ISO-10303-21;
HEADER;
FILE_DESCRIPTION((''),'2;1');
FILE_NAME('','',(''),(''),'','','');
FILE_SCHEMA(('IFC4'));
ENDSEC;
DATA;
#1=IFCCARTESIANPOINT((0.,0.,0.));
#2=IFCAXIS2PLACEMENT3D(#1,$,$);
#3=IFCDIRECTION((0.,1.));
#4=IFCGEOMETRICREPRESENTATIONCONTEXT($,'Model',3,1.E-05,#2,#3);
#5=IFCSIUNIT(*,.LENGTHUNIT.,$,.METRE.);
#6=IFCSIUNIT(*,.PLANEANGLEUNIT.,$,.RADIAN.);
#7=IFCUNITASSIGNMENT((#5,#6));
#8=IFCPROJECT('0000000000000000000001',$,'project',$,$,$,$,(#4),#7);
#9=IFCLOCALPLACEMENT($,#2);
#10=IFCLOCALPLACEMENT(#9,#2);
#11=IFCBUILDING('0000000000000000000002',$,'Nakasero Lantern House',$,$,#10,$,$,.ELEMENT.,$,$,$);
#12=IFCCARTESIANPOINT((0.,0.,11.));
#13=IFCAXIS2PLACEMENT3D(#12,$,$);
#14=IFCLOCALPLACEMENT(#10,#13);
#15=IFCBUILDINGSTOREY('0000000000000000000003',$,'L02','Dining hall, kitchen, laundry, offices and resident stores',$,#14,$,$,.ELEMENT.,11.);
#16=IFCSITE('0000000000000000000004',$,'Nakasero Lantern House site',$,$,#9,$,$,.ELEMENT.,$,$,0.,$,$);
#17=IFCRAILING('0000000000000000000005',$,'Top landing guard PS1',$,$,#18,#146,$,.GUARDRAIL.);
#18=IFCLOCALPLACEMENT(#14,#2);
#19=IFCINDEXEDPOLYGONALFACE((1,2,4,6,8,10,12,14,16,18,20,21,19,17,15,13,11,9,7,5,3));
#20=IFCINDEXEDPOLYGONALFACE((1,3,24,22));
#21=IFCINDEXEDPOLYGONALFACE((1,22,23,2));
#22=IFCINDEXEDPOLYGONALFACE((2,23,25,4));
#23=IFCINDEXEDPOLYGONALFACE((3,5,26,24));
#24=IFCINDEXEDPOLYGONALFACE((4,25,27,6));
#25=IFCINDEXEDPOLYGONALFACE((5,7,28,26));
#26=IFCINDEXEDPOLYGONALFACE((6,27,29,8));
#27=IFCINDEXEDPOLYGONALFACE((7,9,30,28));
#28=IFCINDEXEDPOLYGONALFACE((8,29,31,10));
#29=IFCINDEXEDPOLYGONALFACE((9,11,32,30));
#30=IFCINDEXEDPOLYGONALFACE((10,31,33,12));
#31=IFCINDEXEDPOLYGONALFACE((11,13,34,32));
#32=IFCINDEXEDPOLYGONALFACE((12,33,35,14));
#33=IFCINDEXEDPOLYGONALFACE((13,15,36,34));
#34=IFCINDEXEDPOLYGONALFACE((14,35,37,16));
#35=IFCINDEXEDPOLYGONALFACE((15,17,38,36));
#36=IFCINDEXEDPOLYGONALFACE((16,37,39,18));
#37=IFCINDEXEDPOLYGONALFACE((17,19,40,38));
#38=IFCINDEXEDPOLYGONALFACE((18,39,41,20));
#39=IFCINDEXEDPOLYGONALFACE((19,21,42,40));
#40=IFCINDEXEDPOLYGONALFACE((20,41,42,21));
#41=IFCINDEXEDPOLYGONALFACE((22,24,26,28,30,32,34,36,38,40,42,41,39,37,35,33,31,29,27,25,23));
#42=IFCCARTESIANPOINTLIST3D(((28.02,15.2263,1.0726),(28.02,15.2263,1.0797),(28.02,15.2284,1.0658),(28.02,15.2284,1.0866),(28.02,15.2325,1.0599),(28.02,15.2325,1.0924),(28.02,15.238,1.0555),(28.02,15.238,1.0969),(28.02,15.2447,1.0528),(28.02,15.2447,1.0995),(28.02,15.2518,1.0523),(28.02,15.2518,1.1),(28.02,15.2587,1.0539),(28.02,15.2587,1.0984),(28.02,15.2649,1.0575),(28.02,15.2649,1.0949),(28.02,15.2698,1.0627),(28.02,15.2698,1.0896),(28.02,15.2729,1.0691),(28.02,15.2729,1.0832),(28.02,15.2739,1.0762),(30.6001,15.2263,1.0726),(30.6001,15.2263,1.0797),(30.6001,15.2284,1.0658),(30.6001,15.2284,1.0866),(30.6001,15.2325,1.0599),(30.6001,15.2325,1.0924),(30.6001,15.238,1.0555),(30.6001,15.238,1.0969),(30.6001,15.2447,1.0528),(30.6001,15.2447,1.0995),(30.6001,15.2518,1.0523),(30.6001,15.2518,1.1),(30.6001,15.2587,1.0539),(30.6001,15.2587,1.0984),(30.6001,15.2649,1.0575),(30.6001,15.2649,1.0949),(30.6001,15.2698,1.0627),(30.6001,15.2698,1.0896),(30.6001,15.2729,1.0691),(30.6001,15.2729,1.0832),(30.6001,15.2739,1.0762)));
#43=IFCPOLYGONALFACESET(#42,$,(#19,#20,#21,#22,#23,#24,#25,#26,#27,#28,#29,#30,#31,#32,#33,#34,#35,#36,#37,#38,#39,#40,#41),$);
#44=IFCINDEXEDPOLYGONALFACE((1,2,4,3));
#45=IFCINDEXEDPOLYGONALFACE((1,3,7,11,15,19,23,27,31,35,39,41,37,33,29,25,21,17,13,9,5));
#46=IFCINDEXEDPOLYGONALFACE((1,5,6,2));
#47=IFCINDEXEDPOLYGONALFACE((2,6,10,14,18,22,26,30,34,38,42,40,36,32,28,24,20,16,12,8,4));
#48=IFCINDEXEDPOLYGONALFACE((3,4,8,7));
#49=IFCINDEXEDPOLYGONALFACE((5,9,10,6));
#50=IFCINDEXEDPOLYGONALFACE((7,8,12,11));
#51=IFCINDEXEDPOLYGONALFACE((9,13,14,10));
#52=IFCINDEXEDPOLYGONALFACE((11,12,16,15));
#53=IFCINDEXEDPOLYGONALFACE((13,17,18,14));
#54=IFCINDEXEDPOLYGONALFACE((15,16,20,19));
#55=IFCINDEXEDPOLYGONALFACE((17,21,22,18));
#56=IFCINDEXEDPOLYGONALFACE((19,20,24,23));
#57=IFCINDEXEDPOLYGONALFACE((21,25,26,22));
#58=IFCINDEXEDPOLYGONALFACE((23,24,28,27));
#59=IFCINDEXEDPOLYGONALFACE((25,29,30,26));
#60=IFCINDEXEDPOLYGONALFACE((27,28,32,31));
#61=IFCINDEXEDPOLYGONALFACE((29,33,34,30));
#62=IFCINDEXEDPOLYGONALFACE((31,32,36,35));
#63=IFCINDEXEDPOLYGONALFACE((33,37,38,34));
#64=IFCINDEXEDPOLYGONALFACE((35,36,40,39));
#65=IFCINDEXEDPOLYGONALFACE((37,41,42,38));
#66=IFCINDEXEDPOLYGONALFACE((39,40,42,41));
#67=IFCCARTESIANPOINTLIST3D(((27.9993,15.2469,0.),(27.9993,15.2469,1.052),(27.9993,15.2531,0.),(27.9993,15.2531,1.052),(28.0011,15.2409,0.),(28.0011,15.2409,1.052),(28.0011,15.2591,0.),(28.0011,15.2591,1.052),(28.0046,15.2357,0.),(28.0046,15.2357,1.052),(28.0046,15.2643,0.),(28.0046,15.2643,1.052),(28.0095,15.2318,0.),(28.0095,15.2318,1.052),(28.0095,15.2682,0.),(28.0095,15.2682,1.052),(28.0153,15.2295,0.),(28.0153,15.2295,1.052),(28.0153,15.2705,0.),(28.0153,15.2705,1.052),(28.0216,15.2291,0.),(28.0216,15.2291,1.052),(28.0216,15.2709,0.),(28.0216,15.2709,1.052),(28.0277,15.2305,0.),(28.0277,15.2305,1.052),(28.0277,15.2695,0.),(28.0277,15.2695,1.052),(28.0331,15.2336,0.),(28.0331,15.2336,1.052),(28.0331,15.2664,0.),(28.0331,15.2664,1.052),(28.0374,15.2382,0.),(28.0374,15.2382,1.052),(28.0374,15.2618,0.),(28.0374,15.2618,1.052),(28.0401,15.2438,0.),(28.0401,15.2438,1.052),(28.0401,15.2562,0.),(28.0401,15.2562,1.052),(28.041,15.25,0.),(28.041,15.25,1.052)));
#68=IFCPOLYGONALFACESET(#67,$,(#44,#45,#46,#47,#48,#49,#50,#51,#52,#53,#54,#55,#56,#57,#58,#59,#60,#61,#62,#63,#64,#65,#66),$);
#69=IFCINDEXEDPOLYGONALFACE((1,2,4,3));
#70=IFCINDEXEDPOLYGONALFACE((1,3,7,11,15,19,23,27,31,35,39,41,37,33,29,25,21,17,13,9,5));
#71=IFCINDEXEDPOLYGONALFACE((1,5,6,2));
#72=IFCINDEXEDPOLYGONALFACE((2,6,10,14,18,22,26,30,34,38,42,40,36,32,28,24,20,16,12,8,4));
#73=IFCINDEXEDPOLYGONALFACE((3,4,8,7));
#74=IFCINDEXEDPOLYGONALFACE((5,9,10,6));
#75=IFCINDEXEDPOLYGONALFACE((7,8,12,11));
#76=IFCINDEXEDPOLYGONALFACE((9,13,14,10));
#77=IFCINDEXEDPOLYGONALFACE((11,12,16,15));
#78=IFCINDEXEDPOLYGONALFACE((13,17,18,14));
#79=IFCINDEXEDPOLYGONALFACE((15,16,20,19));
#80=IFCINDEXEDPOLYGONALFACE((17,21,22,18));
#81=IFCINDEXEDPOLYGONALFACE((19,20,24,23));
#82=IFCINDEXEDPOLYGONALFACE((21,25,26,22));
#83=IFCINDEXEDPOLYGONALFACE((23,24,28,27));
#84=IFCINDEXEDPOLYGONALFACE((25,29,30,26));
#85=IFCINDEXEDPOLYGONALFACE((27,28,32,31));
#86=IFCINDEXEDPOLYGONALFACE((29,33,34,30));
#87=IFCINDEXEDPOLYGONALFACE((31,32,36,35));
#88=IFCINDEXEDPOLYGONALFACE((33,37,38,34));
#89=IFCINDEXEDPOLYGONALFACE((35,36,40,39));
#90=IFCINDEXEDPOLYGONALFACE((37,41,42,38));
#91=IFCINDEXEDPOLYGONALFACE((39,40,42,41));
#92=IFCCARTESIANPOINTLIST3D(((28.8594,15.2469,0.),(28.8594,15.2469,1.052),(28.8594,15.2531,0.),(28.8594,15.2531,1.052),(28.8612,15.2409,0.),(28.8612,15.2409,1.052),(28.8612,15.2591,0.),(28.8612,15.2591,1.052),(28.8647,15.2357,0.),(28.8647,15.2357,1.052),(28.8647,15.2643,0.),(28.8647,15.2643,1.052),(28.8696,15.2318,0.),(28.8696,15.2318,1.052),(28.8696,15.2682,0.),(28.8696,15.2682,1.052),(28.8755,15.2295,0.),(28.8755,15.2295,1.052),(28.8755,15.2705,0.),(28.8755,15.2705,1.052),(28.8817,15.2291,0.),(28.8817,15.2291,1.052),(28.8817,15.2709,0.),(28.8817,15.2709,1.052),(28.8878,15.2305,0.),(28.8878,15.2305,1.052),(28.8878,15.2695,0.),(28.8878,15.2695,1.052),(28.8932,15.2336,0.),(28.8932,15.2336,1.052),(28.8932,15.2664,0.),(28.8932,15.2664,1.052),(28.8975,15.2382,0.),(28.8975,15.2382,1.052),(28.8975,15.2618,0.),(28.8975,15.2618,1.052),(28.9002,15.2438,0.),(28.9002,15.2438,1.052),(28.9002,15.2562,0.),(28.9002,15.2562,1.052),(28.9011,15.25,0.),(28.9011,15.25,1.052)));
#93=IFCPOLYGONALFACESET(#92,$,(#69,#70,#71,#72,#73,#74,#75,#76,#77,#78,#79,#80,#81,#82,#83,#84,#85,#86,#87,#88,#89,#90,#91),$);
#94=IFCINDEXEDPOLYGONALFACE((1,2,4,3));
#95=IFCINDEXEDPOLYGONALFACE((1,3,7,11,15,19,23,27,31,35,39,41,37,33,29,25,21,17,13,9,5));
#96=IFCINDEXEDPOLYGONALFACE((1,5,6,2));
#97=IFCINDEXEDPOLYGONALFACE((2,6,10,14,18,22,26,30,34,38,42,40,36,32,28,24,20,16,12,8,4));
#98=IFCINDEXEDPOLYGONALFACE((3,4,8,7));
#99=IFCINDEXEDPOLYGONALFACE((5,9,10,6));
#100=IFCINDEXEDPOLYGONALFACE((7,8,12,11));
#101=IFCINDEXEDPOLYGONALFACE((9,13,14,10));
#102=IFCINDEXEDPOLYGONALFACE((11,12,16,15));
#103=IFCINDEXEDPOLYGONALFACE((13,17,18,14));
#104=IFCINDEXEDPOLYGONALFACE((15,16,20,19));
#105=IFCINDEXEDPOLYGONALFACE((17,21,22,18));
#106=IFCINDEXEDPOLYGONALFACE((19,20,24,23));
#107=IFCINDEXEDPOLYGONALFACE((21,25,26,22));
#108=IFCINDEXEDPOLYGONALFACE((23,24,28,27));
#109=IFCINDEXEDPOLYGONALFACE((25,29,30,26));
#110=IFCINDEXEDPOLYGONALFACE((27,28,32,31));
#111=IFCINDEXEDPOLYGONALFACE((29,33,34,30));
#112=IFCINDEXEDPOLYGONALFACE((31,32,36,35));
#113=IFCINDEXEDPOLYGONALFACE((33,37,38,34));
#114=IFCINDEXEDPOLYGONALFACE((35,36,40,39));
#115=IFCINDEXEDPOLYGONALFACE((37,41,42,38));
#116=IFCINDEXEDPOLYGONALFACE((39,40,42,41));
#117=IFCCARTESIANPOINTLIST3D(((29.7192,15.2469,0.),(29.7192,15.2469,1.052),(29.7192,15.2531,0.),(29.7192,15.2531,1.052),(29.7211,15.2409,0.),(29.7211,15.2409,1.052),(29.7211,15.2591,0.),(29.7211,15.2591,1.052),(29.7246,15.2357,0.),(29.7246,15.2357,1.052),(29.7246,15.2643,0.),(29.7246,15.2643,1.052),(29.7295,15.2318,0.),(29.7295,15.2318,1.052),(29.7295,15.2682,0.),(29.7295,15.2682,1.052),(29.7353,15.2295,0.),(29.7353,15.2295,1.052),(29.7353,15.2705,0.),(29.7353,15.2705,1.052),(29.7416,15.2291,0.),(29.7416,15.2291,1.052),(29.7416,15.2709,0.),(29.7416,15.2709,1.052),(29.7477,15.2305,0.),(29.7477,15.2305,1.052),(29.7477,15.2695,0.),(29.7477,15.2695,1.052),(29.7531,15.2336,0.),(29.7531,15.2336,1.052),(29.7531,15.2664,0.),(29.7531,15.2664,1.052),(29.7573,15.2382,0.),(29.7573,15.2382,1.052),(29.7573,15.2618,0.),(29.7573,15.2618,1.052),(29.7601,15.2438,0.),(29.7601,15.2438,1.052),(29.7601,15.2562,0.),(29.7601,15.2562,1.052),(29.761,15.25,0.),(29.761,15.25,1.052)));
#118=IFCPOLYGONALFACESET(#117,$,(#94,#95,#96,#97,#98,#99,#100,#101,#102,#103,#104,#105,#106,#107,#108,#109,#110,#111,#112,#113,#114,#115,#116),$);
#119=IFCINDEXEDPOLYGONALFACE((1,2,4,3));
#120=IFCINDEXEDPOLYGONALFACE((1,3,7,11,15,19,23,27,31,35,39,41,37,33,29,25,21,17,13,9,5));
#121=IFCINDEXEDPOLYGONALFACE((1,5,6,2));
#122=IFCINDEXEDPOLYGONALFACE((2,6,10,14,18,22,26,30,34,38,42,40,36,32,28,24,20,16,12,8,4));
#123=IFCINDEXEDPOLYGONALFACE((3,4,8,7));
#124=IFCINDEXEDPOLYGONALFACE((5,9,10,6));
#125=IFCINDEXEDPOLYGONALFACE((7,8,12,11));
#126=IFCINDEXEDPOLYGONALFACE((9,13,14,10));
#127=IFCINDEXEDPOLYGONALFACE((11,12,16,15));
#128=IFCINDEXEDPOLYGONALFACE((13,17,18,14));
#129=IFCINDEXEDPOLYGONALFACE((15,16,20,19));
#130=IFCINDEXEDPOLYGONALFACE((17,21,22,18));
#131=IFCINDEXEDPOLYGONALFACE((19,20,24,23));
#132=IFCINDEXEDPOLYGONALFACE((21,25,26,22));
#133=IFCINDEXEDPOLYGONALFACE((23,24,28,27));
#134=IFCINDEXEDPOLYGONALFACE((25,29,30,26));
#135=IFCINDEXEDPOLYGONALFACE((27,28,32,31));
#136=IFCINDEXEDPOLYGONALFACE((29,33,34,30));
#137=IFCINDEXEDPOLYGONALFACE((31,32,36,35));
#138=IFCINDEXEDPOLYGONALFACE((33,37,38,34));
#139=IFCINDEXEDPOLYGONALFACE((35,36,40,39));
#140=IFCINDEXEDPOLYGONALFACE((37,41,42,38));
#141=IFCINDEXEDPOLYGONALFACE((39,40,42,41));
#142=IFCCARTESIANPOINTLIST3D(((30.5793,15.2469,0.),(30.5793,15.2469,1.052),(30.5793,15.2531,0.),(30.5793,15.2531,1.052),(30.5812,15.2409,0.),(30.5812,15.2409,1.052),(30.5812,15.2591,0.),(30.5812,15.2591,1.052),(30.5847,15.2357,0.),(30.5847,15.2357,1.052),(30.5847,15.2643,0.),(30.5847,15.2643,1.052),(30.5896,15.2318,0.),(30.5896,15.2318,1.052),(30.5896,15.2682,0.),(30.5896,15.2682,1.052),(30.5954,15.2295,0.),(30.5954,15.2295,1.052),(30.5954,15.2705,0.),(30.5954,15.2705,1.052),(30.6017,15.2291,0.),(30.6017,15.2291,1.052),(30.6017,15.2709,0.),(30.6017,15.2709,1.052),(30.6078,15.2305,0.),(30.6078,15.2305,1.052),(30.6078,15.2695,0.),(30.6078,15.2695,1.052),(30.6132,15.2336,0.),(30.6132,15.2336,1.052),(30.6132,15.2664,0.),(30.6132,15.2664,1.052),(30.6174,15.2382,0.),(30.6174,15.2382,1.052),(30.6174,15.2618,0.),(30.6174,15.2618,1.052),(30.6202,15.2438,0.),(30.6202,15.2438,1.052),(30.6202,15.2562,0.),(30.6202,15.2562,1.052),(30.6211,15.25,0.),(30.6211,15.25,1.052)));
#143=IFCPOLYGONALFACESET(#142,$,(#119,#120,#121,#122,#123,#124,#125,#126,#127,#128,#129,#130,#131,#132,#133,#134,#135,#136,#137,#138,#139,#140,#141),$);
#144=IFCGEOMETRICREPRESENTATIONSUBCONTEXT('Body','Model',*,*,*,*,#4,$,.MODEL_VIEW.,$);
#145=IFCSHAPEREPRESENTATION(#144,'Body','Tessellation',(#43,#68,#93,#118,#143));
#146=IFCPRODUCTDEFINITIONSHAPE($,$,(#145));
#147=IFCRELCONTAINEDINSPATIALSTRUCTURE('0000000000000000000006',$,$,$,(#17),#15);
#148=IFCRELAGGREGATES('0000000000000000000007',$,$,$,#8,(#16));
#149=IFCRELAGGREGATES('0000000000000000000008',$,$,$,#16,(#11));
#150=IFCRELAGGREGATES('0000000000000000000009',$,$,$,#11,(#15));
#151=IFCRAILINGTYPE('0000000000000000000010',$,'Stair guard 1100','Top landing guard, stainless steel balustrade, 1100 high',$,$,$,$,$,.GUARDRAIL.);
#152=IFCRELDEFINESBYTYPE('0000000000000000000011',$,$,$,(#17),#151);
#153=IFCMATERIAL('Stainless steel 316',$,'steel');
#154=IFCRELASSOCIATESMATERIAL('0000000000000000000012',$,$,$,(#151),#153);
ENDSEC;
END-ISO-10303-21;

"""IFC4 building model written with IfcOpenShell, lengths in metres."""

from ifc_helpers import new_model, si_unit, direction, frame, origin, origin_2d, place, context, subcontext, project, spatial, circle, extrude, material, type_object, element, save


model = new_model("IFC4")

# Units and contexts
model_context = context("Model", 3, precision=1e-05, world=origin(), true_north=direction((0.0, 1.0)))
body_context = subcontext(model_context, "Body", "Model", "MODEL_VIEW")
ifc_project = project(units=[si_unit("LENGTHUNIT", "METRE"), si_unit("PLANEANGLEUNIT", "RADIAN")], contexts=[model_context])

# Site, building, storey
site_placement = place(None, origin())
site = spatial("IfcSite", under=ifc_project, at=site_placement, Name="Nakasero Lantern House site", CompositionType="ELEMENT", RefElevation=0.0)
building_placement = place(site_placement, origin())
building = spatial("IfcBuilding", under=site, at=building_placement, Name="Nakasero Lantern House", CompositionType="ELEMENT")
storey_placement = place(building_placement, frame((0.0, 0.0, 11.0)))
storey = spatial("IfcBuildingStorey", under=building, at=storey_placement, Name="L02", Description="Dining hall, kitchen, laundry, offices and resident stores", CompositionType="ELEMENT", Elevation=11.0)

# Railing
ifc_material_1 = material(Name="Stainless steel 316", Category="steel")
railing_type = type_object("IfcRailingType", Name="Stair guard 1100", Description="Top landing guard, stainless steel balustrade, 1100 high", PredefinedType="GUARDRAIL", material=ifc_material_1)
railing_placement = place(storey_placement, frame((28.02, 15.25, 0.0)))
element("IfcRailing", 1, at=railing_placement, inside=storey, type_object=railing_type, Name="Top landing guard PS1", PredefinedType="GUARDRAIL", context=body_context, shape_type="SweptSolid", body=[
    extrude(circle(Radius=0.0239, at=origin_2d()), frame((0.0, 0.0, 1.0762), z_axis=(1.0, 0.0, 0.0), x_axis=(0.0, 1.0, 0.0)), (0.0, 0.0, 1.0), 2.5801),
    extrude(circle(Radius=0.021, at=origin_2d()), origin(), (0.0, 0.0, 1.0), 1.052),
    extrude(circle(Radius=0.021, at=origin_2d()), frame((0.8601, 0.0, 0.0)), (0.0, 0.0, 1.0), 1.052),
    extrude(circle(Radius=0.021, at=origin_2d()), frame((1.72, 0.0, 0.0)), (0.0, 0.0, 1.0), 1.052),
    extrude(circle(Radius=0.021, at=origin_2d()), frame((2.5801, 0.0, 0.0)), (0.0, 0.0, 1.0), 1.052),
])

save(model, "model.ifc")
